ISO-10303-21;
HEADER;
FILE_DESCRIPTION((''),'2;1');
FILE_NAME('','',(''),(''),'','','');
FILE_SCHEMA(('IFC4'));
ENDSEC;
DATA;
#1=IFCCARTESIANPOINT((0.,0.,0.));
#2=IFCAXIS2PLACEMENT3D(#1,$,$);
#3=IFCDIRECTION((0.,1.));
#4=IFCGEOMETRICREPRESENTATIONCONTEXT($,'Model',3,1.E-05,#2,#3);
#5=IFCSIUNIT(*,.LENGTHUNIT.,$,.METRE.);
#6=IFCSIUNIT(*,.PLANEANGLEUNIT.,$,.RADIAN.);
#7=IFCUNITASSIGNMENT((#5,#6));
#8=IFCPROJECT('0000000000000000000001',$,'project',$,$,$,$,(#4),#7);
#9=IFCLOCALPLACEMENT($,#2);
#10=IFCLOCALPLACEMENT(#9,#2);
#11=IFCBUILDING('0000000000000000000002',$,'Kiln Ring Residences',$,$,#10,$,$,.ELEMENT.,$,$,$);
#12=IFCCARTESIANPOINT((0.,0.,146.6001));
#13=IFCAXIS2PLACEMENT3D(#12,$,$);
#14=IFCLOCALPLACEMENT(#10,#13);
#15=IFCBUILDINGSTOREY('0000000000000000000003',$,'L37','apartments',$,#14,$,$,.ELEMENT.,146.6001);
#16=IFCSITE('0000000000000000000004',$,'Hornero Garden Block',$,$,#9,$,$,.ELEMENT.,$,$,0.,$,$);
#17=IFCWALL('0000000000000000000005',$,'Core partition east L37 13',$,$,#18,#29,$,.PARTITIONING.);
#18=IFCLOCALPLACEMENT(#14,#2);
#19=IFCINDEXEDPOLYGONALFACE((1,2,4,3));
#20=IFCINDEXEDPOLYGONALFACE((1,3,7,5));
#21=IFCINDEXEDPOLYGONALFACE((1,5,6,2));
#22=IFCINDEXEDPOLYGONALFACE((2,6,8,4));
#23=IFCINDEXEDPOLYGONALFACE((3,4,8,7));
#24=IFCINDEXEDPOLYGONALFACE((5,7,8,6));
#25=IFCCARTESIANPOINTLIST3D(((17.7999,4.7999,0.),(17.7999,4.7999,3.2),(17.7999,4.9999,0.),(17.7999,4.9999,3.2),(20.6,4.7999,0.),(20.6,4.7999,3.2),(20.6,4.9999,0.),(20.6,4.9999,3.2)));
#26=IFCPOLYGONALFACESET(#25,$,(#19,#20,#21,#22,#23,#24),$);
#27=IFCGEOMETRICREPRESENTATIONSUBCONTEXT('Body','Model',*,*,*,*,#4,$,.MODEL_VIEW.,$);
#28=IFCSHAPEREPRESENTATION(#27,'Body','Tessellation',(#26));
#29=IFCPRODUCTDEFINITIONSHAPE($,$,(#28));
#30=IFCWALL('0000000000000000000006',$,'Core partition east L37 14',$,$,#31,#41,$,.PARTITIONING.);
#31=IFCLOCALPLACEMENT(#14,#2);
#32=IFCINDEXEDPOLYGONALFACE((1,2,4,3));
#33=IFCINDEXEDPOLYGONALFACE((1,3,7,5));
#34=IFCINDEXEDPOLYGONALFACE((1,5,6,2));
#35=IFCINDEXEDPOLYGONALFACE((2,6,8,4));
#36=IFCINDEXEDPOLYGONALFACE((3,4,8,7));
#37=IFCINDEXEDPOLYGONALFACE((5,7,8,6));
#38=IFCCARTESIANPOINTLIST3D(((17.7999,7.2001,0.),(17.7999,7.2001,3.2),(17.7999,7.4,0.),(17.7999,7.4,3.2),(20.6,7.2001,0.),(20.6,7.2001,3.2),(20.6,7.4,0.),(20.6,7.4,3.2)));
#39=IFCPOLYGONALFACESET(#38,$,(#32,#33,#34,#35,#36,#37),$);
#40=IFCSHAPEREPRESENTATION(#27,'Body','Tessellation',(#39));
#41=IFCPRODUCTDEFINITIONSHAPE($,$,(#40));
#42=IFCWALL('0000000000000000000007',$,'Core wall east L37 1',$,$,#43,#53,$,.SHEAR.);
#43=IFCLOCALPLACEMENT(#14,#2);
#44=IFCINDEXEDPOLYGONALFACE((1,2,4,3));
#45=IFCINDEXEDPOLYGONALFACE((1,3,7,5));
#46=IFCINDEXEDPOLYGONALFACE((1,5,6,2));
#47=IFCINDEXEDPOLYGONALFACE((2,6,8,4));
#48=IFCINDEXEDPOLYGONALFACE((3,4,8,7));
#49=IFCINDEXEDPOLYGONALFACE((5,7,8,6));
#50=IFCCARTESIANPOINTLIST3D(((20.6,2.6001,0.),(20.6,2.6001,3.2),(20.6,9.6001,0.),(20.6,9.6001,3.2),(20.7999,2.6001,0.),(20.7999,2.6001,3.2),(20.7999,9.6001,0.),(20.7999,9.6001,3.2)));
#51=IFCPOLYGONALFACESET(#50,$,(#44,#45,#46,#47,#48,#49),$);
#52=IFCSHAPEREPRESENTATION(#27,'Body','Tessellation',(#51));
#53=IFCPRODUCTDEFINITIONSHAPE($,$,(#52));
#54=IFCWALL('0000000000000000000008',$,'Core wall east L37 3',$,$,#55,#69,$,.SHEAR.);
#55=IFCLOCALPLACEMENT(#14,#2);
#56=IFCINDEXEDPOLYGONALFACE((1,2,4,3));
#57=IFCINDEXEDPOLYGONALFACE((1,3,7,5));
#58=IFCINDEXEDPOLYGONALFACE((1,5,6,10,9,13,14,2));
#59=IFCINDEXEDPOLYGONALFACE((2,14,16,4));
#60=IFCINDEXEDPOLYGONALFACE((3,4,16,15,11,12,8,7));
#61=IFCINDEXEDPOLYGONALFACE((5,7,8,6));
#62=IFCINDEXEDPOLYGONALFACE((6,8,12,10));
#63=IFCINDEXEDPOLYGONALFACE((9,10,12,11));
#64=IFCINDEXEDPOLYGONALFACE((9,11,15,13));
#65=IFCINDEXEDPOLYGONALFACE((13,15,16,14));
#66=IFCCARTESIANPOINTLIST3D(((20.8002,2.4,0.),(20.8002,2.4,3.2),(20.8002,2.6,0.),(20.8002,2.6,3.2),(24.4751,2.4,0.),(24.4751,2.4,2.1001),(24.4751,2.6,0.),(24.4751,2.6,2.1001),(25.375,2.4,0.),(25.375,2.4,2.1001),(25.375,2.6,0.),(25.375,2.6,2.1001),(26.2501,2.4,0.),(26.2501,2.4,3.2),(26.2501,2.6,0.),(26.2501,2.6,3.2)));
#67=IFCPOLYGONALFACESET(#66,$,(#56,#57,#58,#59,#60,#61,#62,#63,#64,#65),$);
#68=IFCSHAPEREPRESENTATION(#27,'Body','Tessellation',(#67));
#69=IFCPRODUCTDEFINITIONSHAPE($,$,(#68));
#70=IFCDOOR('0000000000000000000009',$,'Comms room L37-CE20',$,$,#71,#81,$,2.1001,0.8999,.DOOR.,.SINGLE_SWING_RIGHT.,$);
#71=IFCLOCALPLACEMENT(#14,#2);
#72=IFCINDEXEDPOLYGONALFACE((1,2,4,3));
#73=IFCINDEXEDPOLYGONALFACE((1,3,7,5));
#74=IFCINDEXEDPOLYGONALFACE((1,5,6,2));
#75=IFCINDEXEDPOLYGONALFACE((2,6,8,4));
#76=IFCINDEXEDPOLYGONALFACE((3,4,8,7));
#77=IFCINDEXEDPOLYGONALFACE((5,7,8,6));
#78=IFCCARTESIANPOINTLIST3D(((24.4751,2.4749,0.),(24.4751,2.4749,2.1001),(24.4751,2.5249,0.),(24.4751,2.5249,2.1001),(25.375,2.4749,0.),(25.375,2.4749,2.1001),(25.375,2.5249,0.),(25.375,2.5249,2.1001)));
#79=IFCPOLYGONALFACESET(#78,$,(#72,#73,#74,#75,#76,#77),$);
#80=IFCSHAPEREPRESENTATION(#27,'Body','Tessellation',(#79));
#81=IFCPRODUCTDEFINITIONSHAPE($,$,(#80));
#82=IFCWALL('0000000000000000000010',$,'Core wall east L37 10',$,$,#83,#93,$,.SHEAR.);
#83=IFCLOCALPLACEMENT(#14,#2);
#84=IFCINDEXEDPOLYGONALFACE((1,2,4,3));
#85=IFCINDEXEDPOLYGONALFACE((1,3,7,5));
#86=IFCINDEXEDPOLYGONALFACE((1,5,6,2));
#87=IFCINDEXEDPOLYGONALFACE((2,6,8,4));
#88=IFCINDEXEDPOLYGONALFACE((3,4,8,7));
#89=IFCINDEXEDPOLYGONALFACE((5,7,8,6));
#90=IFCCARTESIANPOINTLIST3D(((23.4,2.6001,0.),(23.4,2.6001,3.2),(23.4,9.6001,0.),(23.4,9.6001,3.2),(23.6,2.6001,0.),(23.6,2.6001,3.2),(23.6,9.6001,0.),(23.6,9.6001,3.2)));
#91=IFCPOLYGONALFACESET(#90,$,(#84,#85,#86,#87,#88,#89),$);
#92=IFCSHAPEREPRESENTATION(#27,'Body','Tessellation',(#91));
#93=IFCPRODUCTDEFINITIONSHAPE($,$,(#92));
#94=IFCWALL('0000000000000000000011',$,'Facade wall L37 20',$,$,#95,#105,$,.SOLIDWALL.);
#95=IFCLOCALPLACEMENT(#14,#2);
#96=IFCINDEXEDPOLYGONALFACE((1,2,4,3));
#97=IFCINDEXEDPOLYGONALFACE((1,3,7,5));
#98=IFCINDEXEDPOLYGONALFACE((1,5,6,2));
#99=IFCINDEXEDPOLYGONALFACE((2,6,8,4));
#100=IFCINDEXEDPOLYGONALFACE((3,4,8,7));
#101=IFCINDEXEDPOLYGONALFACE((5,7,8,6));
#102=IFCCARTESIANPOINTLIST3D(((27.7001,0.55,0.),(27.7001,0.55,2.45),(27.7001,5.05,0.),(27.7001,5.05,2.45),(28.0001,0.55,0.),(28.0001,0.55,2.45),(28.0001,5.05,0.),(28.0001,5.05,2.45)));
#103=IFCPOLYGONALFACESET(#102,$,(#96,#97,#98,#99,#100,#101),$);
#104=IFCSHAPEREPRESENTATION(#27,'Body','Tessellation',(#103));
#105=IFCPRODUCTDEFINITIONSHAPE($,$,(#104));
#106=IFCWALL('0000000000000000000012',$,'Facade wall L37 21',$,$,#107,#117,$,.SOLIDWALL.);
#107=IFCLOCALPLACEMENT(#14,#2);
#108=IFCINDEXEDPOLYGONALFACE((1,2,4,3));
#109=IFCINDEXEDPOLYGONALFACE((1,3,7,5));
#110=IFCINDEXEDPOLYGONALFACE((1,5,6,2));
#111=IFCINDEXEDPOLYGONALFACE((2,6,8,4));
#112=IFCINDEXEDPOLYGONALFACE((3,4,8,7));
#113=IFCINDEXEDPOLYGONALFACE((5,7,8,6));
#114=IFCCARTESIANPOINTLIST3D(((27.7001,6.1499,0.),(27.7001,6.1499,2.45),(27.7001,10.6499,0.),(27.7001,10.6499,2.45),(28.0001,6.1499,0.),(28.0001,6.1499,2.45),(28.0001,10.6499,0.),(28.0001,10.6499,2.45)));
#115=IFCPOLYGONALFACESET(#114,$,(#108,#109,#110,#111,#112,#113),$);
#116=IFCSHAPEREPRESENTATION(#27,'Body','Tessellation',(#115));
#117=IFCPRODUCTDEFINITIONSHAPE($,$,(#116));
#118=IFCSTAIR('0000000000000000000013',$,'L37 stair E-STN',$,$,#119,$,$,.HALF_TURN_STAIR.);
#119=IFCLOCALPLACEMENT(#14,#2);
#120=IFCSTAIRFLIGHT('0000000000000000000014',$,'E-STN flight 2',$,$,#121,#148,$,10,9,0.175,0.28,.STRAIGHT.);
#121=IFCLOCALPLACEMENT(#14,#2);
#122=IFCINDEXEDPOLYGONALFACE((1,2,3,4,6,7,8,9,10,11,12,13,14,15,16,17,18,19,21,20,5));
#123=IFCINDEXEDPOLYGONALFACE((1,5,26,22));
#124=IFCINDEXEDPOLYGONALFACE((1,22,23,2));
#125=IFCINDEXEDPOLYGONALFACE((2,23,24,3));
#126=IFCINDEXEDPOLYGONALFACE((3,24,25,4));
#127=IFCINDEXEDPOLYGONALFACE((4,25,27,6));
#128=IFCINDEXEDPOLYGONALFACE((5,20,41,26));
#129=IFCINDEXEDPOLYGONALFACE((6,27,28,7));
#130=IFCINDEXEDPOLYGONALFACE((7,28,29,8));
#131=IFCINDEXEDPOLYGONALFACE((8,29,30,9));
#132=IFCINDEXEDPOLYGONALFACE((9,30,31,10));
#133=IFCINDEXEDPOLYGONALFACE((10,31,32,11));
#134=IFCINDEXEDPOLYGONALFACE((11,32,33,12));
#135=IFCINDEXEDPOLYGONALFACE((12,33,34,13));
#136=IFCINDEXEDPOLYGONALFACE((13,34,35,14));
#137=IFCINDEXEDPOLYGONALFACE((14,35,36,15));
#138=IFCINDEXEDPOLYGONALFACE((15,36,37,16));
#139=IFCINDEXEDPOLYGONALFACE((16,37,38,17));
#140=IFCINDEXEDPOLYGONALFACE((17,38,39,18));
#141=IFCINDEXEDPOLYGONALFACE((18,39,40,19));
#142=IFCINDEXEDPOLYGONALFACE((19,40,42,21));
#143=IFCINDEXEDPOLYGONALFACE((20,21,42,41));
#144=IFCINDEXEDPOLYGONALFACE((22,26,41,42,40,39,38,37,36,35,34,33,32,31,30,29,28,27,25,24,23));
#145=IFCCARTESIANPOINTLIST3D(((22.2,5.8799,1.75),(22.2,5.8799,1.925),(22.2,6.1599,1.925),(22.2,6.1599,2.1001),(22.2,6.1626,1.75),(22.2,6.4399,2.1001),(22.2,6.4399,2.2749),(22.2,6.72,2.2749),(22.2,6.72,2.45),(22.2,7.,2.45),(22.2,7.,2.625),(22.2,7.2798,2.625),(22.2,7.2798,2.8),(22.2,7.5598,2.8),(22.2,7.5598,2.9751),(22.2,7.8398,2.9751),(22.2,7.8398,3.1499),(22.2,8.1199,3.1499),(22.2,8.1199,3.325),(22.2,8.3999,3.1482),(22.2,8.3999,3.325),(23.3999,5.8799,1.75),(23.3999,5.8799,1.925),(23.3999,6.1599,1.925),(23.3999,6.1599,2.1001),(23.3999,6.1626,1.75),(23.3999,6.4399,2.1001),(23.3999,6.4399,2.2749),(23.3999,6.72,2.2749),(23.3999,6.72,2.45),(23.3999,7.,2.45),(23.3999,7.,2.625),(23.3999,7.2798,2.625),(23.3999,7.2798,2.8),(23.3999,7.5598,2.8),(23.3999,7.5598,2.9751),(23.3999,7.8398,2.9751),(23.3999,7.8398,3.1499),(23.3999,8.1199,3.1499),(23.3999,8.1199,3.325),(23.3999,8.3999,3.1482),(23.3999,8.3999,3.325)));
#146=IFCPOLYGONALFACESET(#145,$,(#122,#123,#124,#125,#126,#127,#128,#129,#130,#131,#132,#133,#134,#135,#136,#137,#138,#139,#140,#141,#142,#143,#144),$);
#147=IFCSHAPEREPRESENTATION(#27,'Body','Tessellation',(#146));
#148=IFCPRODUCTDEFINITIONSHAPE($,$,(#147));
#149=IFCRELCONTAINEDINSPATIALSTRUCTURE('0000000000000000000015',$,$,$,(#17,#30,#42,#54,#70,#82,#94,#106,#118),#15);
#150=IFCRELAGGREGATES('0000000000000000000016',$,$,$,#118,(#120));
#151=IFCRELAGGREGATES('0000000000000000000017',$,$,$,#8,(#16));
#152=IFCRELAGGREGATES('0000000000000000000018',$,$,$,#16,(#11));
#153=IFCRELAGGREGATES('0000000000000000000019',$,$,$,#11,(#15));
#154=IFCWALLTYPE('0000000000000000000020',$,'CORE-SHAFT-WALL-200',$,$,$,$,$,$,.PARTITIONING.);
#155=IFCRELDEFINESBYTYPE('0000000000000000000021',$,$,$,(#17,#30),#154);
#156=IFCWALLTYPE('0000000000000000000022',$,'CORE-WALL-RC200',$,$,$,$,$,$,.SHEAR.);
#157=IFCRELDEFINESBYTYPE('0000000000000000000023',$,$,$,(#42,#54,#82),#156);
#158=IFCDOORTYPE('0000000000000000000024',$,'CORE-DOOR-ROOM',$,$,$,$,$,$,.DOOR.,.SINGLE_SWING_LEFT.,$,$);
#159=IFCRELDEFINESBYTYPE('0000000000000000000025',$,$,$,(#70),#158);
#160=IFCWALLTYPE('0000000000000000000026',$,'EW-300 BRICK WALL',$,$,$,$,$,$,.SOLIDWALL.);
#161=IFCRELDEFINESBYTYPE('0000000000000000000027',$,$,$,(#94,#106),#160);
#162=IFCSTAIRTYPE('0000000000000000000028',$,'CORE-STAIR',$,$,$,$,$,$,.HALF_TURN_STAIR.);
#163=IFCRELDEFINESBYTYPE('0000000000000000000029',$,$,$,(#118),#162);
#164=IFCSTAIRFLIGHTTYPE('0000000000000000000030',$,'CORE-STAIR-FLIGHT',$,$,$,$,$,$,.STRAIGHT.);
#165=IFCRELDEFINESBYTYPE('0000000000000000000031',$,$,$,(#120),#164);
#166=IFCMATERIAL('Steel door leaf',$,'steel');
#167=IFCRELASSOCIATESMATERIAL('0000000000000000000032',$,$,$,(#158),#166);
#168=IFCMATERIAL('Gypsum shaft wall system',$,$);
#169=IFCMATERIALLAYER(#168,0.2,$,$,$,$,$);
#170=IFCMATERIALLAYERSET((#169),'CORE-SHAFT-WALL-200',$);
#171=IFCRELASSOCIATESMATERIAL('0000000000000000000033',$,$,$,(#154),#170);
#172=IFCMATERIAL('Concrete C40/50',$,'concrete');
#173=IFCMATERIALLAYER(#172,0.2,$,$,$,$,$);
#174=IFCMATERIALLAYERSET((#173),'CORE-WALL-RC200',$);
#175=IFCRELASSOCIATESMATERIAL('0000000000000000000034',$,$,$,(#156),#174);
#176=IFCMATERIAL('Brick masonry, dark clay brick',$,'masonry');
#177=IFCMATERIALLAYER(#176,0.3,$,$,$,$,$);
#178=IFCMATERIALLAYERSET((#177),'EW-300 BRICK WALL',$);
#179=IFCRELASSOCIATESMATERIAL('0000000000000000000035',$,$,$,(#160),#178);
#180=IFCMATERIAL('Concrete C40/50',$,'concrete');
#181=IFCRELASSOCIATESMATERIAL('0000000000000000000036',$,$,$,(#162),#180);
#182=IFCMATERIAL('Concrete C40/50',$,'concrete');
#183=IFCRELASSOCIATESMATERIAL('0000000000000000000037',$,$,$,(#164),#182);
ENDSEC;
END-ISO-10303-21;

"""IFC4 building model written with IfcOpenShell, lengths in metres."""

from ifc_helpers import new_model, si_unit, direction, frame, frame_2d, origin, place, context, subcontext, project, spatial, polyline, rectangle, outline, extrude, material, layer, layer_set, type_object, element, fill, aggregate, save


model = new_model("IFC4")

# Units and contexts
model_context = context("Model", 3, precision=1e-05, world=origin(), true_north=direction((0.0, 1.0)))
body_context = subcontext(model_context, "Body", "Model", "MODEL_VIEW")
ifc_project = project(units=[si_unit("LENGTHUNIT", "METRE"), si_unit("PLANEANGLEUNIT", "RADIAN")], contexts=[model_context])

# Site, building, storey
site_placement = place(None, origin())
site = spatial("IfcSite", under=ifc_project, at=site_placement, Name="Hornero Garden Block", CompositionType="ELEMENT", RefElevation=0.0)
building_placement = place(site_placement, origin())
building = spatial("IfcBuilding", under=site, at=building_placement, Name="Kiln Ring Residences", CompositionType="ELEMENT")
storey_placement = place(building_placement, frame((0.0, 0.0, 146.6001)))
storey = spatial("IfcBuildingStorey", under=building, at=storey_placement, Name="L37", Description="apartments", CompositionType="ELEMENT", Elevation=146.6001)

# Shared definitions
ifc_material_1 = material(Name="Steel door leaf", Category="steel")
door_type = type_object("IfcDoorType", Name="CORE-DOOR-ROOM", OperationType="SINGLE_SWING_LEFT", PredefinedType="DOOR", material=ifc_material_1)

# Walls
ifc_material_2 = material(Name="Gypsum shaft wall system")
ifc_layer_1 = layer(ifc_material_2, 0.2)
ifc_layer_set_1 = layer_set([ifc_layer_1], Name="CORE-SHAFT-WALL-200")
wall_type_1 = type_object("IfcWallType", Name="CORE-SHAFT-WALL-200", PredefinedType="PARTITIONING", material=ifc_layer_set_1)
for number, where, z_axis, x_axis, name in (
    (1, (17.8, 4.8999, 0.0), (0.0, 0.0, 1.0), (1.0, 0.0, 0.0), "Core partition east L37 13"),
    (2, (17.8, 7.3, 0.0), (0.0, 0.0, 1.0), (1.0, 0.0, 0.0), "Core partition east L37 14"),
):
    element("IfcWall", number, at=place(storey_placement, frame(where, z_axis=z_axis, x_axis=x_axis)), inside=storey, type_object=wall_type_1, Name=name, PredefinedType="PARTITIONING", context=body_context, shape_type="SweptSolid", body=[
        extrude(rectangle(XDim=2.8, YDim=0.2, at=frame_2d((1.3999, 0.0))), origin(), (0.0, 0.0, 1.0), 3.2),
    ])
ifc_material_3 = material(Name="Concrete C40/50", Category="concrete")
ifc_layer_2 = layer(ifc_material_3, 0.2)
ifc_layer_set_2 = layer_set([ifc_layer_2], Name="CORE-WALL-RC200")
wall_type_2 = type_object("IfcWallType", Name="CORE-WALL-RC200", PredefinedType="SHEAR", material=ifc_layer_set_2)
wall_1_placement = place(storey_placement, frame((20.7, 2.6001, 0.0), z_axis=(0.0, 0.0, 1.0), x_axis=(0.0, 1.0, 0.0)))
element("IfcWall", 3, at=wall_1_placement, inside=storey, type_object=wall_type_2, Name="Core wall east L37 1", PredefinedType="SHEAR", context=body_context, shape_type="SweptSolid", body=[
    extrude(rectangle(XDim=7.0, YDim=0.2, at=frame_2d((3.5, 0.0))), origin(), (0.0, 0.0, 1.0), 3.2),
])

# Wall, opening, door
wall_2_placement = place(storey_placement, frame((20.8, 2.5, 0.0), z_axis=(0.0, 0.0, 1.0), x_axis=(1.0, 0.0, 0.0)))
wall_2 = element("IfcWall", 4, at=wall_2_placement, inside=storey, type_object=wall_type_2, Name="Core wall east L37 3", PredefinedType="SHEAR", context=body_context, shape_type="SweptSolid", body=[
    extrude(rectangle(XDim=5.45, YDim=0.2, at=frame_2d((2.7251, 0.0))), origin(), (0.0, 0.0, 1.0), 3.2),
])
opening_1_placement = place(wall_2_placement, frame((3.675, 0.0, 0.0)))
opening_1 = element("IfcOpeningElement", 5, at=opening_1_placement, cuts=wall_2, PredefinedType="OPENING", context=body_context, shape_type="SweptSolid", body=[
    extrude(rectangle(XDim=0.8999, YDim=2.1001, at=frame_2d((0.45, 1.05))), frame((0.0, 0.1099, 0.0), z_axis=(0.0, -1.0, 0.0), x_axis=(1.0, 0.0, 0.0)), (0.0, 0.0, 1.0), 0.22),
])
door_1_placement = place(opening_1_placement, origin())
door_1 = element("IfcDoor", 6, at=door_1_placement, inside=storey, type_object=door_type, Name="Comms room L37-CE20", OperationType="SINGLE_SWING_RIGHT", OverallHeight=2.1001, OverallWidth=0.8999, PredefinedType="DOOR", context=body_context, shape_type="SweptSolid", body=[
    extrude(rectangle(XDim=0.8999, YDim=2.1001, at=frame_2d((0.45, 1.05))), frame((0.0, 0.0249, 0.0), z_axis=(0.0, -1.0, 0.0), x_axis=(1.0, 0.0, 0.0)), (0.0, 0.0, 1.0), 0.05),
])
fill(opening_1, door_1)

# Walls
wall_3_placement = place(storey_placement, frame((23.5, 2.6001, 0.0), z_axis=(0.0, 0.0, 1.0), x_axis=(0.0, 1.0, 0.0)))
element("IfcWall", 7, at=wall_3_placement, inside=storey, type_object=wall_type_2, Name="Core wall east L37 10", PredefinedType="SHEAR", context=body_context, shape_type="SweptSolid", body=[
    extrude(rectangle(XDim=7.0, YDim=0.2, at=frame_2d((3.5, 0.0))), origin(), (0.0, 0.0, 1.0), 3.2),
])
ifc_material_4 = material(Name="Brick masonry, dark clay brick", Category="masonry")
ifc_layer_3 = layer(ifc_material_4, 0.3)
ifc_layer_set_3 = layer_set([ifc_layer_3], Name="EW-300 BRICK WALL")
wall_type_3 = type_object("IfcWallType", Name="EW-300 BRICK WALL", PredefinedType="SOLIDWALL", material=ifc_layer_set_3)
for number, where, z_axis, x_axis, name in (
    (8, (27.8501, 0.55, 0.0), (0.0, 0.0, 1.0), (0.0, 1.0, 0.0), "Facade wall L37 20"),
    (9, (27.8501, 6.1499, 0.0), (0.0, 0.0, 1.0), (0.0, 1.0, 0.0), "Facade wall L37 21"),
):
    element("IfcWall", number, at=place(storey_placement, frame(where, z_axis=z_axis, x_axis=x_axis)), inside=storey, type_object=wall_type_3, Name=name, PredefinedType="SOLIDWALL", context=body_context, shape_type="SweptSolid", body=[
        extrude(rectangle(XDim=4.5, YDim=0.3, at=frame_2d((2.25, 0.0))), origin(), (0.0, 0.0, 1.0), 2.45),
    ])

# Stair, stair flight
ifc_material_5 = material(Name="Concrete C40/50", Category="concrete")
stair_type = type_object("IfcStairType", Name="CORE-STAIR", PredefinedType="HALF_TURN_STAIR", material=ifc_material_5)
stair_placement = place(storey_placement, origin())
stair = element("IfcStair", 10, at=stair_placement, inside=storey, type_object=stair_type, Name="L37 stair E-STN", PredefinedType="HALF_TURN_STAIR")
ifc_material_6 = material(Name="Concrete C40/50", Category="concrete")
stair_flight_type = type_object("IfcStairFlightType", Name="CORE-STAIR-FLIGHT", PredefinedType="STRAIGHT", material=ifc_material_6)
stair_flight_placement = place(storey_placement, frame((22.8, 5.8799, 1.75), z_axis=(0.0, 0.0, 1.0), x_axis=(0.0, 1.0, 0.0)))
stair_flight = element("IfcStairFlight", 11, at=stair_flight_placement, type_object=stair_flight_type, Name="E-STN flight 2", NumberOfRisers=10, NumberOfTreads=9, PredefinedType="STRAIGHT", RiserHeight=0.175, TreadLength=0.28, context=body_context, shape_type="SweptSolid", body=[
    extrude(outline(polyline([(0.0, 0.0), (0.0, 0.175), (0.28, 0.175), (0.28, 0.3501), (0.5601, 0.3501), (0.5601, 0.5249), (0.8401, 0.5249), (0.8401, 0.7), (1.1201, 0.7), (1.1201, 0.875), (1.3999, 0.875), (1.3999, 1.05), (1.6799, 1.05), (1.6799, 1.2251), (1.96, 1.2251), (1.96, 1.3999), (2.24, 1.3999), (2.24, 1.575), (2.52, 1.575), (2.52, 1.75), (2.52, 1.3982), (0.2827, 0.0), (0.0, 0.0)])), frame((0.0, 0.6001, 0.0), z_axis=(0.0, -1.0, 0.0), x_axis=(1.0, 0.0, 0.0)), (0.0, 0.0, 1.0), 1.2),
])
aggregate(stair, [stair_flight])

save(model, "model.ifc")
